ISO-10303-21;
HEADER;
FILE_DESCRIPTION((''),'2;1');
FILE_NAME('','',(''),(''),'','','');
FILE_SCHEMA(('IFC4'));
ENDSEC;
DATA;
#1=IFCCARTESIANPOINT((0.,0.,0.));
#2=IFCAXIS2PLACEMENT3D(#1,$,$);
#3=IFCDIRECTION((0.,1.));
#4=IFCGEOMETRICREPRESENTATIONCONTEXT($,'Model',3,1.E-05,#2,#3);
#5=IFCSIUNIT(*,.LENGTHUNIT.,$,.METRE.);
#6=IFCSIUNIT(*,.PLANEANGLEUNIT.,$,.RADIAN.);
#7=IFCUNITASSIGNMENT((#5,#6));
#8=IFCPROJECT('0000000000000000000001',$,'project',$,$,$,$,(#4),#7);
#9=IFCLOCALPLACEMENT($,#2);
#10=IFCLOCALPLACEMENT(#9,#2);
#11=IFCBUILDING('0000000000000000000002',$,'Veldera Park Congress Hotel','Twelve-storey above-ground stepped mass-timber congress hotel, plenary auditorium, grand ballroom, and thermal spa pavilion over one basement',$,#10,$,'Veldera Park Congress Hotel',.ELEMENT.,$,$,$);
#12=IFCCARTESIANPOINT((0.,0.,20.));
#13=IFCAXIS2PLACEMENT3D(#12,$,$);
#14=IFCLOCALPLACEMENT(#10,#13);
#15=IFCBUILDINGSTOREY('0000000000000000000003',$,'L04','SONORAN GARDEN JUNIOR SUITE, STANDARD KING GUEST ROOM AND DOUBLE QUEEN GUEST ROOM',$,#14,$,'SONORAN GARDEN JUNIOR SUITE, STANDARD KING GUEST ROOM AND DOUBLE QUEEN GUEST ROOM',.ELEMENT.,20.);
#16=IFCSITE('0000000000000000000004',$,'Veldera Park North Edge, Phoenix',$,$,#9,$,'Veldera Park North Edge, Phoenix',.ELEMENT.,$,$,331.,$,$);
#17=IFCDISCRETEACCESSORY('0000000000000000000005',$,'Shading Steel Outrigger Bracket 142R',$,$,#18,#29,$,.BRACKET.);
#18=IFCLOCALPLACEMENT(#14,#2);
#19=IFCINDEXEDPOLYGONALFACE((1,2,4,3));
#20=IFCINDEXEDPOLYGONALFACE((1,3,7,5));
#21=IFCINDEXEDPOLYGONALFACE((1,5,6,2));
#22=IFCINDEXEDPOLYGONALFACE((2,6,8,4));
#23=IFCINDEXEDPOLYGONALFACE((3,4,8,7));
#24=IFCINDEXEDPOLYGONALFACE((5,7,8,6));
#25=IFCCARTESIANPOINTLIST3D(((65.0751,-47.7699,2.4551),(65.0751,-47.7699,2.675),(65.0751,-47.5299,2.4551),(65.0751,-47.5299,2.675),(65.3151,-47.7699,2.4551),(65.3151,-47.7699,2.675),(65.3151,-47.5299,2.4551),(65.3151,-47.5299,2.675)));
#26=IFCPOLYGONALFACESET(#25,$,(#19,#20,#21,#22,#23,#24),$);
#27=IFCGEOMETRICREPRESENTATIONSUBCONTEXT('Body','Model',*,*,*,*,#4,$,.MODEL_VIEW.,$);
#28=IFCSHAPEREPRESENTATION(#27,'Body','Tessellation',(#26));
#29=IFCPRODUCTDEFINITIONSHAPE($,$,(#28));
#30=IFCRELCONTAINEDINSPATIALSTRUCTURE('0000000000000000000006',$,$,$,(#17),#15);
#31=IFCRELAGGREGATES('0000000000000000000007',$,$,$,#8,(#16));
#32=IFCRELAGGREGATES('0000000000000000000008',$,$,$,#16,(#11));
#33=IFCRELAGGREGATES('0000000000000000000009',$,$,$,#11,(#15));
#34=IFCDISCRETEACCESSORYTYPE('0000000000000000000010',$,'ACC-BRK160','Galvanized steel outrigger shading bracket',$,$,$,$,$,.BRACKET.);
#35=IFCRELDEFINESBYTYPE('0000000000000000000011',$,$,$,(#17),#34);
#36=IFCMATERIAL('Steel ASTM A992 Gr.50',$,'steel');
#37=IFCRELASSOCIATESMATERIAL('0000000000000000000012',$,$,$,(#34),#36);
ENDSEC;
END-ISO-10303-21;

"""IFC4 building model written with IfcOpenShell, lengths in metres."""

from ifc_helpers import new_model, si_unit, direction, frame, origin, origin_2d, place, context, subcontext, project, spatial, rectangle, extrude, material, type_object, element, save


model = new_model("IFC4")

# Units and contexts
model_context = context("Model", 3, precision=1e-05, world=origin(), true_north=direction((0.0, 1.0)))
body_context = subcontext(model_context, "Body", "Model", "MODEL_VIEW")
ifc_project = project(units=[si_unit("LENGTHUNIT", "METRE"), si_unit("PLANEANGLEUNIT", "RADIAN")], contexts=[model_context])

# Site, building, storey
site_placement = place(None, origin())
site = spatial("IfcSite", under=ifc_project, at=site_placement, Name="Veldera Park North Edge, Phoenix", LongName="Veldera Park North Edge, Phoenix", CompositionType="ELEMENT", RefElevation=331.0)
building_placement = place(site_placement, origin())
building = spatial("IfcBuilding", under=site, at=building_placement, Name="Veldera Park Congress Hotel", Description="Twelve-storey above-ground stepped mass-timber congress hotel, plenary auditorium, grand ballroom, and thermal spa pavilion over one basement", LongName="Veldera Park Congress Hotel", CompositionType="ELEMENT")
storey_placement = place(building_placement, frame((0.0, 0.0, 20.0)))
storey = spatial("IfcBuildingStorey", under=building, at=storey_placement, Name="L04", Description="SONORAN GARDEN JUNIOR SUITE, STANDARD KING GUEST ROOM AND DOUBLE QUEEN GUEST ROOM", LongName="SONORAN GARDEN JUNIOR SUITE, STANDARD KING GUEST ROOM AND DOUBLE QUEEN GUEST ROOM", CompositionType="ELEMENT", Elevation=20.0)

# Discrete accessory
ifc_material_1 = material(Name="Steel ASTM A992 Gr.50", Category="steel")
discrete_accessory_type = type_object("IfcDiscreteAccessoryType", Name="ACC-BRK160", Description="Galvanized steel outrigger shading bracket", PredefinedType="BRACKET", material=ifc_material_1)
for number, where, z_axis, x_axis, name in (
    (1, (65.1951, -47.6499, 2.4551), (0.0, 0.0, 1.0), (1.0, 0.0, 0.0), "Shading Steel Outrigger Bracket 142R"),
):
    element("IfcDiscreteAccessory", number, at=place(storey_placement, frame(where, z_axis=z_axis, x_axis=x_axis)), inside=storey, type_object=discrete_accessory_type, Name=name, PredefinedType="BRACKET", context=body_context, shape_type="SweptSolid", body=[
        extrude(rectangle(XDim=0.24, YDim=0.24, at=origin_2d()), origin(), (0.0, 0.0, 1.0), 0.22),
    ])

save(model, "model.ifc")
